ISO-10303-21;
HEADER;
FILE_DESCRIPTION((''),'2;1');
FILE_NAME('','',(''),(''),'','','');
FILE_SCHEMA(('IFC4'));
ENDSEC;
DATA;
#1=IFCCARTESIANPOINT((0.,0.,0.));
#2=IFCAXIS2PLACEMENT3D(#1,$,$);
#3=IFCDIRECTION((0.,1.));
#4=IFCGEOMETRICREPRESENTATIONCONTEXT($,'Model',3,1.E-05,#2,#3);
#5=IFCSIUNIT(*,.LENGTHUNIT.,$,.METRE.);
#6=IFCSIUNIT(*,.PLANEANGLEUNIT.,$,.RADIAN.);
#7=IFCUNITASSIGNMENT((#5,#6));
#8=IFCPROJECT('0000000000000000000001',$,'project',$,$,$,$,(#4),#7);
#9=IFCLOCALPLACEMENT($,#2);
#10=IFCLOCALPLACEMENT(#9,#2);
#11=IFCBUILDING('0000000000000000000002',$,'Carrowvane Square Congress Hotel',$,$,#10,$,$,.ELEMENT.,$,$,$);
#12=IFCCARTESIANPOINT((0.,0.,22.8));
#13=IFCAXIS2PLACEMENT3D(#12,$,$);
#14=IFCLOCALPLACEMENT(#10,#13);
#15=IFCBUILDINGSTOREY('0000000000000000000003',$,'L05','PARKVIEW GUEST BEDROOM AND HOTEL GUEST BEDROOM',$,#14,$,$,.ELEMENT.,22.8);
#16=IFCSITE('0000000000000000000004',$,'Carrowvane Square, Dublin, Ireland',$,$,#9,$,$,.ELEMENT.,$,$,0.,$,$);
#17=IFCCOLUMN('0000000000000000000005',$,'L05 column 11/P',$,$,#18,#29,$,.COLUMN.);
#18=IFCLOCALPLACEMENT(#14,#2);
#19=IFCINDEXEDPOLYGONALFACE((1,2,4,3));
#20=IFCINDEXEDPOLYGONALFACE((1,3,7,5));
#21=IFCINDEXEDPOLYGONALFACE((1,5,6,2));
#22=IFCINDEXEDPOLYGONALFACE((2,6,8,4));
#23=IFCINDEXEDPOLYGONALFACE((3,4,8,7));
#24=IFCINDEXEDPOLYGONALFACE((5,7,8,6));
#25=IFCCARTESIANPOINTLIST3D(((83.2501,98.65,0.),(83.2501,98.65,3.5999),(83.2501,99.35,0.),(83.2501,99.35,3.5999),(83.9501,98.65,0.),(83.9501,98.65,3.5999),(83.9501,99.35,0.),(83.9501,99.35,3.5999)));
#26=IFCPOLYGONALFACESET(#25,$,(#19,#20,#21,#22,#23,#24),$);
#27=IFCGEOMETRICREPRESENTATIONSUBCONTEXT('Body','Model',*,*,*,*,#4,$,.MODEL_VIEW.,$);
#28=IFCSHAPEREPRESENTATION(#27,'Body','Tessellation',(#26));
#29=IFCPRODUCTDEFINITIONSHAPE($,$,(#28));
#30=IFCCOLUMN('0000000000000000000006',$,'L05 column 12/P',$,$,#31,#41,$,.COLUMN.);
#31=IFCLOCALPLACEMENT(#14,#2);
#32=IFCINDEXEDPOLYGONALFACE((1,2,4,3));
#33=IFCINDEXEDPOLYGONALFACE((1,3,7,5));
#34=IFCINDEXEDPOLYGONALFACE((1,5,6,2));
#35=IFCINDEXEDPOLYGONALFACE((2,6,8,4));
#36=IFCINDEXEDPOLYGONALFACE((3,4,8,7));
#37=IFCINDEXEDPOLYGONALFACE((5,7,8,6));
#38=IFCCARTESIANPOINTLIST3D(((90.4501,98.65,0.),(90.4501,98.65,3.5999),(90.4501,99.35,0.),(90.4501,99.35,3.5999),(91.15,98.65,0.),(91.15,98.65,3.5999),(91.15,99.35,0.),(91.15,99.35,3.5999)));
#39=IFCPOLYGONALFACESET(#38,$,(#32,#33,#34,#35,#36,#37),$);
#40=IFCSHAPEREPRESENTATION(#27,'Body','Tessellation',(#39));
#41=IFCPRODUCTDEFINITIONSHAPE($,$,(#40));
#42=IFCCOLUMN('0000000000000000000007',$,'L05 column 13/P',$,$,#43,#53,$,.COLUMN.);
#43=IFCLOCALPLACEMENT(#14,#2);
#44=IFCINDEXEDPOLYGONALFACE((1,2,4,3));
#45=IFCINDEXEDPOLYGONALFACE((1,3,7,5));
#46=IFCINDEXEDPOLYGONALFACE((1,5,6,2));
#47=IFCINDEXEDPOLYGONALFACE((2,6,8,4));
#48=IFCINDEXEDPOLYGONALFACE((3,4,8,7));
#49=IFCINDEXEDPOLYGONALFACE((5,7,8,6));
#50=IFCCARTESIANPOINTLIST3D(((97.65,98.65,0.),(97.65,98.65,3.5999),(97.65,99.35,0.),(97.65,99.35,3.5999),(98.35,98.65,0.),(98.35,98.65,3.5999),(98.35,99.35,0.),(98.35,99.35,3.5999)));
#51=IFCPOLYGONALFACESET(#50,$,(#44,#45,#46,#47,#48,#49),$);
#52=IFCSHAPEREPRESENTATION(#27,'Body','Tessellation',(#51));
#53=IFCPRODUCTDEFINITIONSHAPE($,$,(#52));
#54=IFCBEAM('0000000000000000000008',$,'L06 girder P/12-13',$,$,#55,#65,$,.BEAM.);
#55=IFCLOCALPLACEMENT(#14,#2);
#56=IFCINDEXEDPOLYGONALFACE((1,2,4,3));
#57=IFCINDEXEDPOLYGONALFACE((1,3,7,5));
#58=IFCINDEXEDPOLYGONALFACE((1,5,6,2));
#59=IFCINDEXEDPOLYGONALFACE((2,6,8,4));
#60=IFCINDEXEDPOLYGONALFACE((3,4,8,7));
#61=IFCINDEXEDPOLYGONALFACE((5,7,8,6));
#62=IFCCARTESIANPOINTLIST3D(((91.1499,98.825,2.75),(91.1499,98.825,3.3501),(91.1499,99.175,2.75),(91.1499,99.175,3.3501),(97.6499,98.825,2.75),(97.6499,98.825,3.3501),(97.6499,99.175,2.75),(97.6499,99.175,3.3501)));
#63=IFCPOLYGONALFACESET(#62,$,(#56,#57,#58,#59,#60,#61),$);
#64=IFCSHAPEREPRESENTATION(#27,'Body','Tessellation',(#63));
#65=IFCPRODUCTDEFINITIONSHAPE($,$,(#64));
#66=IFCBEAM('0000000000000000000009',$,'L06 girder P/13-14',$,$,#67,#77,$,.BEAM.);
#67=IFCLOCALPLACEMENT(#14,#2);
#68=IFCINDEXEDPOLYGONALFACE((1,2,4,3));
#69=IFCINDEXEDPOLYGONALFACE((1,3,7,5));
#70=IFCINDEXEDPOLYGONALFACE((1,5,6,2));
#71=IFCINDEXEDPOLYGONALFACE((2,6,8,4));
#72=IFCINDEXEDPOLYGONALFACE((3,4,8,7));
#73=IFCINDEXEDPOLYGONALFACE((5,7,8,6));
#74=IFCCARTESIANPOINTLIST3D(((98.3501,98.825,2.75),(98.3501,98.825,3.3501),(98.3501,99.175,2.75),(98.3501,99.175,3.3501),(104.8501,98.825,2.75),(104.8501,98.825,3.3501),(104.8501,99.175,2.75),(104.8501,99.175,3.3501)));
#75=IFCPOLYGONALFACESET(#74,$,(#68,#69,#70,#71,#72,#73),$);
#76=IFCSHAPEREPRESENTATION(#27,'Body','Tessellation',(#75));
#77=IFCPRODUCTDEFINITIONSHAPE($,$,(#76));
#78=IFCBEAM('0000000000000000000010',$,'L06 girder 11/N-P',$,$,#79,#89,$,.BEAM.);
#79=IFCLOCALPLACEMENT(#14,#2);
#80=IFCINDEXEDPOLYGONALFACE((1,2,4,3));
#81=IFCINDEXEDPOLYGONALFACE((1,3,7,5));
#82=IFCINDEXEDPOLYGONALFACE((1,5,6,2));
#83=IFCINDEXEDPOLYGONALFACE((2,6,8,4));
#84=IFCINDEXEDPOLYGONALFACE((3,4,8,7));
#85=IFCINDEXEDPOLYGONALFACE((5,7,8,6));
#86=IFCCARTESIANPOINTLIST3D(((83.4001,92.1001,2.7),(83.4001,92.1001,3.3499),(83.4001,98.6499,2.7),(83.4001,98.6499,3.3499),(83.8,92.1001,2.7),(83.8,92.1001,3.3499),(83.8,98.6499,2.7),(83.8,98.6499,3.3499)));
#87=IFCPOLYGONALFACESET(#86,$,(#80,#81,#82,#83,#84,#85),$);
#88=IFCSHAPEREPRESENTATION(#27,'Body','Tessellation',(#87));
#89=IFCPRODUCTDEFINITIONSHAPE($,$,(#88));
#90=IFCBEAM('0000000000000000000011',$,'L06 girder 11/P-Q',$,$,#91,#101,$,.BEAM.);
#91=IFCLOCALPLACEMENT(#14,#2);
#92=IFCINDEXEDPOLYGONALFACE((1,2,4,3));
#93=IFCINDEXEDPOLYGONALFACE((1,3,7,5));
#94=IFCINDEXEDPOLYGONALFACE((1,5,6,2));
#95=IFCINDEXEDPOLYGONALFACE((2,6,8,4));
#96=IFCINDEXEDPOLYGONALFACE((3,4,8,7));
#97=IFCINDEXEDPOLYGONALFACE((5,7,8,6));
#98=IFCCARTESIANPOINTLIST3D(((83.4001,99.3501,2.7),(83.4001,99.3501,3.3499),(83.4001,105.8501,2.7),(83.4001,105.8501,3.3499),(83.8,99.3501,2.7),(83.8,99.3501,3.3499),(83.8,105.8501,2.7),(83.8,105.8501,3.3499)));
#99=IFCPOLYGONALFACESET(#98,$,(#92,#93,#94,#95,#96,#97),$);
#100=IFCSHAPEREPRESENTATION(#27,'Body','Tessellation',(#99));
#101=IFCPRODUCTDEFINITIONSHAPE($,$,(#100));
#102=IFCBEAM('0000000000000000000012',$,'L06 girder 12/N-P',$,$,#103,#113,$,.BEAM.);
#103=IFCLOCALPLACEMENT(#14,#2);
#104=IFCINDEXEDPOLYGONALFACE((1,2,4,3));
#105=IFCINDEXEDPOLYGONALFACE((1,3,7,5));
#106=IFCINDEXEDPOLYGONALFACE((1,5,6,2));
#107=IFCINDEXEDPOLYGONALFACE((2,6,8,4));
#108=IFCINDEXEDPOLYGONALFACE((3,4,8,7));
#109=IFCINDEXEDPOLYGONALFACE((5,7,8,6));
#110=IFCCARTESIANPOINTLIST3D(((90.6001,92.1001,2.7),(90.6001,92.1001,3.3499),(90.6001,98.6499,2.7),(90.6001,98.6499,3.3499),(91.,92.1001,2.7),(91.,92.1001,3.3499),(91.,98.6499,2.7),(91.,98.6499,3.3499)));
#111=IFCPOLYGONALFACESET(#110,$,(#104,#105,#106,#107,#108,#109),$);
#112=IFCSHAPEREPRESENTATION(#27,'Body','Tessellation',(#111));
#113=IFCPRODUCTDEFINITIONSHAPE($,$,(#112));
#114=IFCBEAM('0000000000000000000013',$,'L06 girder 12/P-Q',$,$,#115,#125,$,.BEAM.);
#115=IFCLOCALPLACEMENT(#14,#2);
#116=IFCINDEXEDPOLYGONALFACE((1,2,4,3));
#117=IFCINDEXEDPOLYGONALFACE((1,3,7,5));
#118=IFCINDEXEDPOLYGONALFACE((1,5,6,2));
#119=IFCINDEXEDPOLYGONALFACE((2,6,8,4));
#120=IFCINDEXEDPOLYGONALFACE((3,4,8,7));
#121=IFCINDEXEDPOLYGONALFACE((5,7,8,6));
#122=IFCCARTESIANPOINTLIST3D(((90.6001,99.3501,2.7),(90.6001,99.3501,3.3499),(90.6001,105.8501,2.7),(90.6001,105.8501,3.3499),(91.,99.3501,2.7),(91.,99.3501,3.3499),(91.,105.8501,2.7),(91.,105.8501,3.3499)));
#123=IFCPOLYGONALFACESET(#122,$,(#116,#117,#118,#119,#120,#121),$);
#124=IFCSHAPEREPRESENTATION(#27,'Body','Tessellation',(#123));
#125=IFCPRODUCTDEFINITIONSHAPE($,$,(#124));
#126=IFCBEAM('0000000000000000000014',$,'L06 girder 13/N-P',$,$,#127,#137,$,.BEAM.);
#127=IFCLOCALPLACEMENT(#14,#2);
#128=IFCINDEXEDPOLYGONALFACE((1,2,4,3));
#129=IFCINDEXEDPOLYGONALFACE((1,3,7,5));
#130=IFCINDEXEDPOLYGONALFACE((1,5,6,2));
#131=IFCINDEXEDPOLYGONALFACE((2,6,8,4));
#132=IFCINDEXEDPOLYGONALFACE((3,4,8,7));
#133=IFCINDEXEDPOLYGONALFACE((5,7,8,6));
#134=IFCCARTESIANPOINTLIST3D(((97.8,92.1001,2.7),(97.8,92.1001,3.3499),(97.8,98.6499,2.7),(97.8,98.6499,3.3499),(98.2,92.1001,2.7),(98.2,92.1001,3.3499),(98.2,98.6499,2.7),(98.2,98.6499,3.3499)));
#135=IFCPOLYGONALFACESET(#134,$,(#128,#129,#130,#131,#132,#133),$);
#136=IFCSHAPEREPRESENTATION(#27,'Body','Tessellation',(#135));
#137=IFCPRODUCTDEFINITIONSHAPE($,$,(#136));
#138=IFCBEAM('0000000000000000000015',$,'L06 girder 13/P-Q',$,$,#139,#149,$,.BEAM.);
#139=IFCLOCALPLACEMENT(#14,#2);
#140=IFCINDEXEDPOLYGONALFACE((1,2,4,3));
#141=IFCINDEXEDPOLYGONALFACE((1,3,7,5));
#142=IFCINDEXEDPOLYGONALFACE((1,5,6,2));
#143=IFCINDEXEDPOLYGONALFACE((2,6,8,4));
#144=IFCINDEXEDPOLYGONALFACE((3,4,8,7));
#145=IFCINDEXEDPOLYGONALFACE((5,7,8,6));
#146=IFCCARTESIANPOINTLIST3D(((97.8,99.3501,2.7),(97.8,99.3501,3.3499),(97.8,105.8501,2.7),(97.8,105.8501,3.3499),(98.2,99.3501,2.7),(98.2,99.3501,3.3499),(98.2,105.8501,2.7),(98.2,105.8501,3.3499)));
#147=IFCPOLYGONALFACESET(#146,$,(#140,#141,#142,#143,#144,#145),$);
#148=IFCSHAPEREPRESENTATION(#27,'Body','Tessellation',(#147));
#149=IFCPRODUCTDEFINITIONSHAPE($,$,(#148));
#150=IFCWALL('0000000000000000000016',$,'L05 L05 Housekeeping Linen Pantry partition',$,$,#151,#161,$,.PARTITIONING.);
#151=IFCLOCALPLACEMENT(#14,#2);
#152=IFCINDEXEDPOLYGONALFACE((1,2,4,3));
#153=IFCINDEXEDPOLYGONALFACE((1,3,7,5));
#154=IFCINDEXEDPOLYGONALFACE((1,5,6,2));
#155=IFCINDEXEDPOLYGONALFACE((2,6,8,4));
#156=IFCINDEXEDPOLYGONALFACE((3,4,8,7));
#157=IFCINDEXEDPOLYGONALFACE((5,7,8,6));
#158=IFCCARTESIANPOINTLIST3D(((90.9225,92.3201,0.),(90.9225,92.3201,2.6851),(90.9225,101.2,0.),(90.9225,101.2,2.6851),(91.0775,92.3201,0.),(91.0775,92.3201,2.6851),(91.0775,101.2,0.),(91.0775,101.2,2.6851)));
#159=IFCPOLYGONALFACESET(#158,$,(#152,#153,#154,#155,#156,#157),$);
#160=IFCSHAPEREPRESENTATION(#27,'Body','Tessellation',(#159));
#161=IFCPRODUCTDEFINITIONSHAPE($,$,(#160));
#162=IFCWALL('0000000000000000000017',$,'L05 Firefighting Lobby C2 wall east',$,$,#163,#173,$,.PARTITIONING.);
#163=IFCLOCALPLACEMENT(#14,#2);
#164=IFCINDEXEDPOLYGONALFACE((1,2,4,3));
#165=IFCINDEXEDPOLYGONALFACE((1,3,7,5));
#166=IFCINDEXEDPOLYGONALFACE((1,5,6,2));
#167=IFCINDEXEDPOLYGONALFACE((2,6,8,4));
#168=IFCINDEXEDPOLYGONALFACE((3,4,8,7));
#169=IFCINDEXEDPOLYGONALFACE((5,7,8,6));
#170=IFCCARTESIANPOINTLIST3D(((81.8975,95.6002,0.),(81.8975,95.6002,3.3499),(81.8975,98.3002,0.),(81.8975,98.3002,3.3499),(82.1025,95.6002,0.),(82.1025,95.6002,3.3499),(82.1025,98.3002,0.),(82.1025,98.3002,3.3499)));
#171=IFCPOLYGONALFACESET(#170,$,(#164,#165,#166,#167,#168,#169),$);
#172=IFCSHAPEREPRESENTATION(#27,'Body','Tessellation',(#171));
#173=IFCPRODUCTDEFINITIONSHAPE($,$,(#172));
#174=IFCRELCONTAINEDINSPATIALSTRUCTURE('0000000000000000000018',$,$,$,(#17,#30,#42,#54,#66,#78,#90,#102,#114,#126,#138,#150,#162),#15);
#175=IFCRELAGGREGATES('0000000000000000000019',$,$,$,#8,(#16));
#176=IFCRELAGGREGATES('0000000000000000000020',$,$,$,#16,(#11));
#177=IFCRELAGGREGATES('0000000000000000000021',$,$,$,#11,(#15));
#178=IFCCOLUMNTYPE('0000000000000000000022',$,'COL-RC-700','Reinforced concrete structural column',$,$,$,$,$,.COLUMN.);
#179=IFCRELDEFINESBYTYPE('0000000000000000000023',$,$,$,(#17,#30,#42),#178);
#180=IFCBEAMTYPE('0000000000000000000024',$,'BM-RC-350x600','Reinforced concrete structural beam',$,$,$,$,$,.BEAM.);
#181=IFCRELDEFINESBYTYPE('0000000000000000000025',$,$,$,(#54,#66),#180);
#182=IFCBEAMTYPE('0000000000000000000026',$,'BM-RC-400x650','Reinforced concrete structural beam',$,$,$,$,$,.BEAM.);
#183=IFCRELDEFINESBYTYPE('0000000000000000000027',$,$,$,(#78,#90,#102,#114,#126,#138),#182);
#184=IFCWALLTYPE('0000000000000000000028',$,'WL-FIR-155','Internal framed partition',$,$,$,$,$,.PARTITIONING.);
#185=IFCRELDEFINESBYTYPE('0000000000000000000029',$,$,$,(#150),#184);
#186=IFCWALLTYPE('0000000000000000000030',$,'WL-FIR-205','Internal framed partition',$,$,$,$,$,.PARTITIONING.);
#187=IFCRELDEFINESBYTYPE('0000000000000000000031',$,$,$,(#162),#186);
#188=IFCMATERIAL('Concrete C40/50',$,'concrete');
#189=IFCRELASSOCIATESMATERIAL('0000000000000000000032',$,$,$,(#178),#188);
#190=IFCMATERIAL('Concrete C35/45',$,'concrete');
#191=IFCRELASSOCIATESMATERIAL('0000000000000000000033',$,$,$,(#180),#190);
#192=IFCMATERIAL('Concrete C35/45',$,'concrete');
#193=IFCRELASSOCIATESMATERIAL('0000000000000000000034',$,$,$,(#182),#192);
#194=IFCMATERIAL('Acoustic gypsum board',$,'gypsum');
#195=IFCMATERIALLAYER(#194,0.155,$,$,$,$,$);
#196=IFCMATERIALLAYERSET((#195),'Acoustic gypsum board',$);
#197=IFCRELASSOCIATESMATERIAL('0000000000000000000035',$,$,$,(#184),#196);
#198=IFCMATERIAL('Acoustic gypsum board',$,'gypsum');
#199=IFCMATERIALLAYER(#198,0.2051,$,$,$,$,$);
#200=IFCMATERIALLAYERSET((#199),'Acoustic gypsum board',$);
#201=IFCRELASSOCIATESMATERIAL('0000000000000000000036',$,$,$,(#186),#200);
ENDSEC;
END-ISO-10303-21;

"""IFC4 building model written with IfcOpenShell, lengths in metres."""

from ifc_helpers import new_model, si_unit, direction, frame, frame_2d, origin, origin_2d, place, context, subcontext, project, spatial, rectangle, extrude, material, layer, layer_set, material_profile, profile_set, type_object, element, save


model = new_model("IFC4")

# Units and contexts
model_context = context("Model", 3, precision=1e-05, world=origin(), true_north=direction((0.0, 1.0)))
body_context = subcontext(model_context, "Body", "Model", "MODEL_VIEW")
ifc_project = project(units=[si_unit("LENGTHUNIT", "METRE"), si_unit("PLANEANGLEUNIT", "RADIAN")], contexts=[model_context])

# Site, building, storey
site_placement = place(None, origin())
site = spatial("IfcSite", under=ifc_project, at=site_placement, Name="Carrowvane Square, Dublin, Ireland", CompositionType="ELEMENT", RefElevation=0.0)
building_placement = place(site_placement, origin())
building = spatial("IfcBuilding", under=site, at=building_placement, Name="Carrowvane Square Congress Hotel", CompositionType="ELEMENT")
storey_placement = place(building_placement, frame((0.0, 0.0, 22.8)))
storey = spatial("IfcBuildingStorey", under=building, at=storey_placement, Name="L05", Description="PARKVIEW GUEST BEDROOM AND HOTEL GUEST BEDROOM", CompositionType="ELEMENT", Elevation=22.8)

# Columns
ifc_material_1 = material(Name="Concrete C40/50", Category="concrete")
ifc_material_profile_1 = material_profile(ifc_material_1, rectangle(XDim=0.7, YDim=0.7, at=origin_2d()), Name="RC 700x700")
ifc_profile_set_1 = profile_set([ifc_material_profile_1], Name="Concrete C40/50")
column_type = type_object("IfcColumnType", Name="COL-RC-700", Description="Reinforced concrete structural column", PredefinedType="COLUMN", material=ifc_profile_set_1)
for number, where, z_axis, x_axis, name in (
    (1, (83.6001, 99.0, 0.0), (0.0, 0.0, 1.0), (1.0, 0.0, 0.0), "L05 column 11/P"),
    (2, (90.8, 99.0, 0.0), (0.0, 0.0, 1.0), (1.0, 0.0, 0.0), "L05 column 12/P"),
    (3, (98.0, 99.0, 0.0), (0.0, 0.0, 1.0), (1.0, 0.0, 0.0), "L05 column 13/P"),
):
    element("IfcColumn", number, at=place(storey_placement, frame(where, z_axis=z_axis, x_axis=x_axis)), inside=storey, type_object=column_type, Name=name, PredefinedType="COLUMN", context=body_context, shape_type="SweptSolid", body=[
        extrude(rectangle(XDim=0.7, YDim=0.7, at=origin_2d()), origin(), (0.0, 0.0, 1.0), 3.5999),
    ])

# Beams
ifc_material_2 = material(Name="Concrete C35/45", Category="concrete")
ifc_material_profile_2 = material_profile(ifc_material_2, rectangle(XDim=0.3501, YDim=0.6001, at=origin_2d()), Name="RC 350x600")
ifc_profile_set_2 = profile_set([ifc_material_profile_2], Name="Concrete C35/45")
beam_type_1 = type_object("IfcBeamType", Name="BM-RC-350x600", Description="Reinforced concrete structural beam", PredefinedType="BEAM", material=ifc_profile_set_2)
for number, where, z_axis, x_axis, name in (
    (4, (91.1499, 99.0, 3.05), (1.0, 0.0, 0.0), (0.0, 1.0, 0.0), "L06 girder P/12-13"),
    (5, (98.3501, 99.0, 3.05), (1.0, 0.0, 0.0), (0.0, 1.0, 0.0), "L06 girder P/13-14"),
):
    element("IfcBeam", number, at=place(storey_placement, frame(where, z_axis=z_axis, x_axis=x_axis)), inside=storey, type_object=beam_type_1, Name=name, PredefinedType="BEAM", context=body_context, shape_type="SweptSolid", body=[
        extrude(rectangle(XDim=0.3501, YDim=0.6001, at=origin_2d()), origin(), (0.0, 0.0, 1.0), 6.5),
    ])
ifc_material_3 = material(Name="Concrete C35/45", Category="concrete")
ifc_material_profile_3 = material_profile(ifc_material_3, rectangle(XDim=0.3999, YDim=0.6499, at=origin_2d()), Name="RC 400x650")
ifc_profile_set_3 = profile_set([ifc_material_profile_3], Name="Concrete C35/45")
beam_type_2 = type_object("IfcBeamType", Name="BM-RC-400x650", Description="Reinforced concrete structural beam", PredefinedType="BEAM", material=ifc_profile_set_3)
beam_1_placement = place(storey_placement, frame((83.6001, 92.1001, 3.0249), z_axis=(0.0, 1.0, 0.0), x_axis=(-1.0, 0.0, 0.0)))
element("IfcBeam", 6, at=beam_1_placement, inside=storey, type_object=beam_type_2, Name="L06 girder 11/N-P", PredefinedType="BEAM", context=body_context, shape_type="SweptSolid", body=[
    extrude(rectangle(XDim=0.3999, YDim=0.6499, at=origin_2d()), origin(), (0.0, 0.0, 1.0), 6.5498),
])
beam_2_placement = place(storey_placement, frame((83.6001, 99.3501, 3.0249), z_axis=(0.0, 1.0, 0.0), x_axis=(-1.0, 0.0, 0.0)))
element("IfcBeam", 7, at=beam_2_placement, inside=storey, type_object=beam_type_2, Name="L06 girder 11/P-Q", PredefinedType="BEAM", context=body_context, shape_type="SweptSolid", body=[
    extrude(rectangle(XDim=0.3999, YDim=0.6499, at=origin_2d()), origin(), (0.0, 0.0, 1.0), 6.5),
])
beam_3_placement = place(storey_placement, frame((90.8, 92.1001, 3.0249), z_axis=(0.0, 1.0, 0.0), x_axis=(-1.0, 0.0, 0.0)))
element("IfcBeam", 8, at=beam_3_placement, inside=storey, type_object=beam_type_2, Name="L06 girder 12/N-P", PredefinedType="BEAM", context=body_context, shape_type="SweptSolid", body=[
    extrude(rectangle(XDim=0.3999, YDim=0.6499, at=origin_2d()), origin(), (0.0, 0.0, 1.0), 6.5498),
])
beam_4_placement = place(storey_placement, frame((90.8, 99.3501, 3.0249), z_axis=(0.0, 1.0, 0.0), x_axis=(-1.0, 0.0, 0.0)))
element("IfcBeam", 9, at=beam_4_placement, inside=storey, type_object=beam_type_2, Name="L06 girder 12/P-Q", PredefinedType="BEAM", context=body_context, shape_type="SweptSolid", body=[
    extrude(rectangle(XDim=0.3999, YDim=0.6499, at=origin_2d()), origin(), (0.0, 0.0, 1.0), 6.5),
])
beam_5_placement = place(storey_placement, frame((98.0, 92.1001, 3.0249), z_axis=(0.0, 1.0, 0.0), x_axis=(-1.0, 0.0, 0.0)))
element("IfcBeam", 10, at=beam_5_placement, inside=storey, type_object=beam_type_2, Name="L06 girder 13/N-P", PredefinedType="BEAM", context=body_context, shape_type="SweptSolid", body=[
    extrude(rectangle(XDim=0.3999, YDim=0.6499, at=origin_2d()), origin(), (0.0, 0.0, 1.0), 6.5498),
])
beam_6_placement = place(storey_placement, frame((98.0, 99.3501, 3.0249), z_axis=(0.0, 1.0, 0.0), x_axis=(-1.0, 0.0, 0.0)))
element("IfcBeam", 11, at=beam_6_placement, inside=storey, type_object=beam_type_2, Name="L06 girder 13/P-Q", PredefinedType="BEAM", context=body_context, shape_type="SweptSolid", body=[
    extrude(rectangle(XDim=0.3999, YDim=0.6499, at=origin_2d()), origin(), (0.0, 0.0, 1.0), 6.5),
])

# Walls
ifc_material_4 = material(Name="Acoustic gypsum board", Category="gypsum")
ifc_layer_1 = layer(ifc_material_4, 0.155)
ifc_layer_set_1 = layer_set([ifc_layer_1], Name="Acoustic gypsum board")
wall_type_1 = type_object("IfcWallType", Name="WL-FIR-155", Description="Internal framed partition", PredefinedType="PARTITIONING", material=ifc_layer_set_1)
wall_1_placement = place(storey_placement, frame((91.0, 92.3201, 0.0), z_axis=(0.0, 0.0, 1.0), x_axis=(0.0, 1.0, 0.0)))
element("IfcWall", 12, at=wall_1_placement, inside=storey, type_object=wall_type_1, Name="L05 L05 Housekeeping Linen Pantry partition", PredefinedType="PARTITIONING", context=body_context, shape_type="SweptSolid", body=[
    extrude(rectangle(XDim=8.8799, YDim=0.155, at=frame_2d((4.4399, 0.0))), origin(), (0.0, 0.0, 1.0), 2.6851),
])
ifc_material_5 = material(Name="Acoustic gypsum board", Category="gypsum")
ifc_layer_2 = layer(ifc_material_5, 0.2051)
ifc_layer_set_2 = layer_set([ifc_layer_2], Name="Acoustic gypsum board")
wall_type_2 = type_object("IfcWallType", Name="WL-FIR-205", Description="Internal framed partition", PredefinedType="PARTITIONING", material=ifc_layer_set_2)
wall_2_placement = place(storey_placement, frame((82.0, 95.6001, 0.0), z_axis=(0.0, 0.0, 1.0), x_axis=(0.0, 1.0, 0.0)))
element("IfcWall", 13, at=wall_2_placement, inside=storey, type_object=wall_type_2, Name="L05 Firefighting Lobby C2 wall east", PredefinedType="PARTITIONING", context=body_context, shape_type="SweptSolid", body=[
    extrude(rectangle(XDim=2.7, YDim=0.2051, at=frame_2d((1.3501, 0.0))), origin(), (0.0, 0.0, 1.0), 3.3499),
])

save(model, "model.ifc")
